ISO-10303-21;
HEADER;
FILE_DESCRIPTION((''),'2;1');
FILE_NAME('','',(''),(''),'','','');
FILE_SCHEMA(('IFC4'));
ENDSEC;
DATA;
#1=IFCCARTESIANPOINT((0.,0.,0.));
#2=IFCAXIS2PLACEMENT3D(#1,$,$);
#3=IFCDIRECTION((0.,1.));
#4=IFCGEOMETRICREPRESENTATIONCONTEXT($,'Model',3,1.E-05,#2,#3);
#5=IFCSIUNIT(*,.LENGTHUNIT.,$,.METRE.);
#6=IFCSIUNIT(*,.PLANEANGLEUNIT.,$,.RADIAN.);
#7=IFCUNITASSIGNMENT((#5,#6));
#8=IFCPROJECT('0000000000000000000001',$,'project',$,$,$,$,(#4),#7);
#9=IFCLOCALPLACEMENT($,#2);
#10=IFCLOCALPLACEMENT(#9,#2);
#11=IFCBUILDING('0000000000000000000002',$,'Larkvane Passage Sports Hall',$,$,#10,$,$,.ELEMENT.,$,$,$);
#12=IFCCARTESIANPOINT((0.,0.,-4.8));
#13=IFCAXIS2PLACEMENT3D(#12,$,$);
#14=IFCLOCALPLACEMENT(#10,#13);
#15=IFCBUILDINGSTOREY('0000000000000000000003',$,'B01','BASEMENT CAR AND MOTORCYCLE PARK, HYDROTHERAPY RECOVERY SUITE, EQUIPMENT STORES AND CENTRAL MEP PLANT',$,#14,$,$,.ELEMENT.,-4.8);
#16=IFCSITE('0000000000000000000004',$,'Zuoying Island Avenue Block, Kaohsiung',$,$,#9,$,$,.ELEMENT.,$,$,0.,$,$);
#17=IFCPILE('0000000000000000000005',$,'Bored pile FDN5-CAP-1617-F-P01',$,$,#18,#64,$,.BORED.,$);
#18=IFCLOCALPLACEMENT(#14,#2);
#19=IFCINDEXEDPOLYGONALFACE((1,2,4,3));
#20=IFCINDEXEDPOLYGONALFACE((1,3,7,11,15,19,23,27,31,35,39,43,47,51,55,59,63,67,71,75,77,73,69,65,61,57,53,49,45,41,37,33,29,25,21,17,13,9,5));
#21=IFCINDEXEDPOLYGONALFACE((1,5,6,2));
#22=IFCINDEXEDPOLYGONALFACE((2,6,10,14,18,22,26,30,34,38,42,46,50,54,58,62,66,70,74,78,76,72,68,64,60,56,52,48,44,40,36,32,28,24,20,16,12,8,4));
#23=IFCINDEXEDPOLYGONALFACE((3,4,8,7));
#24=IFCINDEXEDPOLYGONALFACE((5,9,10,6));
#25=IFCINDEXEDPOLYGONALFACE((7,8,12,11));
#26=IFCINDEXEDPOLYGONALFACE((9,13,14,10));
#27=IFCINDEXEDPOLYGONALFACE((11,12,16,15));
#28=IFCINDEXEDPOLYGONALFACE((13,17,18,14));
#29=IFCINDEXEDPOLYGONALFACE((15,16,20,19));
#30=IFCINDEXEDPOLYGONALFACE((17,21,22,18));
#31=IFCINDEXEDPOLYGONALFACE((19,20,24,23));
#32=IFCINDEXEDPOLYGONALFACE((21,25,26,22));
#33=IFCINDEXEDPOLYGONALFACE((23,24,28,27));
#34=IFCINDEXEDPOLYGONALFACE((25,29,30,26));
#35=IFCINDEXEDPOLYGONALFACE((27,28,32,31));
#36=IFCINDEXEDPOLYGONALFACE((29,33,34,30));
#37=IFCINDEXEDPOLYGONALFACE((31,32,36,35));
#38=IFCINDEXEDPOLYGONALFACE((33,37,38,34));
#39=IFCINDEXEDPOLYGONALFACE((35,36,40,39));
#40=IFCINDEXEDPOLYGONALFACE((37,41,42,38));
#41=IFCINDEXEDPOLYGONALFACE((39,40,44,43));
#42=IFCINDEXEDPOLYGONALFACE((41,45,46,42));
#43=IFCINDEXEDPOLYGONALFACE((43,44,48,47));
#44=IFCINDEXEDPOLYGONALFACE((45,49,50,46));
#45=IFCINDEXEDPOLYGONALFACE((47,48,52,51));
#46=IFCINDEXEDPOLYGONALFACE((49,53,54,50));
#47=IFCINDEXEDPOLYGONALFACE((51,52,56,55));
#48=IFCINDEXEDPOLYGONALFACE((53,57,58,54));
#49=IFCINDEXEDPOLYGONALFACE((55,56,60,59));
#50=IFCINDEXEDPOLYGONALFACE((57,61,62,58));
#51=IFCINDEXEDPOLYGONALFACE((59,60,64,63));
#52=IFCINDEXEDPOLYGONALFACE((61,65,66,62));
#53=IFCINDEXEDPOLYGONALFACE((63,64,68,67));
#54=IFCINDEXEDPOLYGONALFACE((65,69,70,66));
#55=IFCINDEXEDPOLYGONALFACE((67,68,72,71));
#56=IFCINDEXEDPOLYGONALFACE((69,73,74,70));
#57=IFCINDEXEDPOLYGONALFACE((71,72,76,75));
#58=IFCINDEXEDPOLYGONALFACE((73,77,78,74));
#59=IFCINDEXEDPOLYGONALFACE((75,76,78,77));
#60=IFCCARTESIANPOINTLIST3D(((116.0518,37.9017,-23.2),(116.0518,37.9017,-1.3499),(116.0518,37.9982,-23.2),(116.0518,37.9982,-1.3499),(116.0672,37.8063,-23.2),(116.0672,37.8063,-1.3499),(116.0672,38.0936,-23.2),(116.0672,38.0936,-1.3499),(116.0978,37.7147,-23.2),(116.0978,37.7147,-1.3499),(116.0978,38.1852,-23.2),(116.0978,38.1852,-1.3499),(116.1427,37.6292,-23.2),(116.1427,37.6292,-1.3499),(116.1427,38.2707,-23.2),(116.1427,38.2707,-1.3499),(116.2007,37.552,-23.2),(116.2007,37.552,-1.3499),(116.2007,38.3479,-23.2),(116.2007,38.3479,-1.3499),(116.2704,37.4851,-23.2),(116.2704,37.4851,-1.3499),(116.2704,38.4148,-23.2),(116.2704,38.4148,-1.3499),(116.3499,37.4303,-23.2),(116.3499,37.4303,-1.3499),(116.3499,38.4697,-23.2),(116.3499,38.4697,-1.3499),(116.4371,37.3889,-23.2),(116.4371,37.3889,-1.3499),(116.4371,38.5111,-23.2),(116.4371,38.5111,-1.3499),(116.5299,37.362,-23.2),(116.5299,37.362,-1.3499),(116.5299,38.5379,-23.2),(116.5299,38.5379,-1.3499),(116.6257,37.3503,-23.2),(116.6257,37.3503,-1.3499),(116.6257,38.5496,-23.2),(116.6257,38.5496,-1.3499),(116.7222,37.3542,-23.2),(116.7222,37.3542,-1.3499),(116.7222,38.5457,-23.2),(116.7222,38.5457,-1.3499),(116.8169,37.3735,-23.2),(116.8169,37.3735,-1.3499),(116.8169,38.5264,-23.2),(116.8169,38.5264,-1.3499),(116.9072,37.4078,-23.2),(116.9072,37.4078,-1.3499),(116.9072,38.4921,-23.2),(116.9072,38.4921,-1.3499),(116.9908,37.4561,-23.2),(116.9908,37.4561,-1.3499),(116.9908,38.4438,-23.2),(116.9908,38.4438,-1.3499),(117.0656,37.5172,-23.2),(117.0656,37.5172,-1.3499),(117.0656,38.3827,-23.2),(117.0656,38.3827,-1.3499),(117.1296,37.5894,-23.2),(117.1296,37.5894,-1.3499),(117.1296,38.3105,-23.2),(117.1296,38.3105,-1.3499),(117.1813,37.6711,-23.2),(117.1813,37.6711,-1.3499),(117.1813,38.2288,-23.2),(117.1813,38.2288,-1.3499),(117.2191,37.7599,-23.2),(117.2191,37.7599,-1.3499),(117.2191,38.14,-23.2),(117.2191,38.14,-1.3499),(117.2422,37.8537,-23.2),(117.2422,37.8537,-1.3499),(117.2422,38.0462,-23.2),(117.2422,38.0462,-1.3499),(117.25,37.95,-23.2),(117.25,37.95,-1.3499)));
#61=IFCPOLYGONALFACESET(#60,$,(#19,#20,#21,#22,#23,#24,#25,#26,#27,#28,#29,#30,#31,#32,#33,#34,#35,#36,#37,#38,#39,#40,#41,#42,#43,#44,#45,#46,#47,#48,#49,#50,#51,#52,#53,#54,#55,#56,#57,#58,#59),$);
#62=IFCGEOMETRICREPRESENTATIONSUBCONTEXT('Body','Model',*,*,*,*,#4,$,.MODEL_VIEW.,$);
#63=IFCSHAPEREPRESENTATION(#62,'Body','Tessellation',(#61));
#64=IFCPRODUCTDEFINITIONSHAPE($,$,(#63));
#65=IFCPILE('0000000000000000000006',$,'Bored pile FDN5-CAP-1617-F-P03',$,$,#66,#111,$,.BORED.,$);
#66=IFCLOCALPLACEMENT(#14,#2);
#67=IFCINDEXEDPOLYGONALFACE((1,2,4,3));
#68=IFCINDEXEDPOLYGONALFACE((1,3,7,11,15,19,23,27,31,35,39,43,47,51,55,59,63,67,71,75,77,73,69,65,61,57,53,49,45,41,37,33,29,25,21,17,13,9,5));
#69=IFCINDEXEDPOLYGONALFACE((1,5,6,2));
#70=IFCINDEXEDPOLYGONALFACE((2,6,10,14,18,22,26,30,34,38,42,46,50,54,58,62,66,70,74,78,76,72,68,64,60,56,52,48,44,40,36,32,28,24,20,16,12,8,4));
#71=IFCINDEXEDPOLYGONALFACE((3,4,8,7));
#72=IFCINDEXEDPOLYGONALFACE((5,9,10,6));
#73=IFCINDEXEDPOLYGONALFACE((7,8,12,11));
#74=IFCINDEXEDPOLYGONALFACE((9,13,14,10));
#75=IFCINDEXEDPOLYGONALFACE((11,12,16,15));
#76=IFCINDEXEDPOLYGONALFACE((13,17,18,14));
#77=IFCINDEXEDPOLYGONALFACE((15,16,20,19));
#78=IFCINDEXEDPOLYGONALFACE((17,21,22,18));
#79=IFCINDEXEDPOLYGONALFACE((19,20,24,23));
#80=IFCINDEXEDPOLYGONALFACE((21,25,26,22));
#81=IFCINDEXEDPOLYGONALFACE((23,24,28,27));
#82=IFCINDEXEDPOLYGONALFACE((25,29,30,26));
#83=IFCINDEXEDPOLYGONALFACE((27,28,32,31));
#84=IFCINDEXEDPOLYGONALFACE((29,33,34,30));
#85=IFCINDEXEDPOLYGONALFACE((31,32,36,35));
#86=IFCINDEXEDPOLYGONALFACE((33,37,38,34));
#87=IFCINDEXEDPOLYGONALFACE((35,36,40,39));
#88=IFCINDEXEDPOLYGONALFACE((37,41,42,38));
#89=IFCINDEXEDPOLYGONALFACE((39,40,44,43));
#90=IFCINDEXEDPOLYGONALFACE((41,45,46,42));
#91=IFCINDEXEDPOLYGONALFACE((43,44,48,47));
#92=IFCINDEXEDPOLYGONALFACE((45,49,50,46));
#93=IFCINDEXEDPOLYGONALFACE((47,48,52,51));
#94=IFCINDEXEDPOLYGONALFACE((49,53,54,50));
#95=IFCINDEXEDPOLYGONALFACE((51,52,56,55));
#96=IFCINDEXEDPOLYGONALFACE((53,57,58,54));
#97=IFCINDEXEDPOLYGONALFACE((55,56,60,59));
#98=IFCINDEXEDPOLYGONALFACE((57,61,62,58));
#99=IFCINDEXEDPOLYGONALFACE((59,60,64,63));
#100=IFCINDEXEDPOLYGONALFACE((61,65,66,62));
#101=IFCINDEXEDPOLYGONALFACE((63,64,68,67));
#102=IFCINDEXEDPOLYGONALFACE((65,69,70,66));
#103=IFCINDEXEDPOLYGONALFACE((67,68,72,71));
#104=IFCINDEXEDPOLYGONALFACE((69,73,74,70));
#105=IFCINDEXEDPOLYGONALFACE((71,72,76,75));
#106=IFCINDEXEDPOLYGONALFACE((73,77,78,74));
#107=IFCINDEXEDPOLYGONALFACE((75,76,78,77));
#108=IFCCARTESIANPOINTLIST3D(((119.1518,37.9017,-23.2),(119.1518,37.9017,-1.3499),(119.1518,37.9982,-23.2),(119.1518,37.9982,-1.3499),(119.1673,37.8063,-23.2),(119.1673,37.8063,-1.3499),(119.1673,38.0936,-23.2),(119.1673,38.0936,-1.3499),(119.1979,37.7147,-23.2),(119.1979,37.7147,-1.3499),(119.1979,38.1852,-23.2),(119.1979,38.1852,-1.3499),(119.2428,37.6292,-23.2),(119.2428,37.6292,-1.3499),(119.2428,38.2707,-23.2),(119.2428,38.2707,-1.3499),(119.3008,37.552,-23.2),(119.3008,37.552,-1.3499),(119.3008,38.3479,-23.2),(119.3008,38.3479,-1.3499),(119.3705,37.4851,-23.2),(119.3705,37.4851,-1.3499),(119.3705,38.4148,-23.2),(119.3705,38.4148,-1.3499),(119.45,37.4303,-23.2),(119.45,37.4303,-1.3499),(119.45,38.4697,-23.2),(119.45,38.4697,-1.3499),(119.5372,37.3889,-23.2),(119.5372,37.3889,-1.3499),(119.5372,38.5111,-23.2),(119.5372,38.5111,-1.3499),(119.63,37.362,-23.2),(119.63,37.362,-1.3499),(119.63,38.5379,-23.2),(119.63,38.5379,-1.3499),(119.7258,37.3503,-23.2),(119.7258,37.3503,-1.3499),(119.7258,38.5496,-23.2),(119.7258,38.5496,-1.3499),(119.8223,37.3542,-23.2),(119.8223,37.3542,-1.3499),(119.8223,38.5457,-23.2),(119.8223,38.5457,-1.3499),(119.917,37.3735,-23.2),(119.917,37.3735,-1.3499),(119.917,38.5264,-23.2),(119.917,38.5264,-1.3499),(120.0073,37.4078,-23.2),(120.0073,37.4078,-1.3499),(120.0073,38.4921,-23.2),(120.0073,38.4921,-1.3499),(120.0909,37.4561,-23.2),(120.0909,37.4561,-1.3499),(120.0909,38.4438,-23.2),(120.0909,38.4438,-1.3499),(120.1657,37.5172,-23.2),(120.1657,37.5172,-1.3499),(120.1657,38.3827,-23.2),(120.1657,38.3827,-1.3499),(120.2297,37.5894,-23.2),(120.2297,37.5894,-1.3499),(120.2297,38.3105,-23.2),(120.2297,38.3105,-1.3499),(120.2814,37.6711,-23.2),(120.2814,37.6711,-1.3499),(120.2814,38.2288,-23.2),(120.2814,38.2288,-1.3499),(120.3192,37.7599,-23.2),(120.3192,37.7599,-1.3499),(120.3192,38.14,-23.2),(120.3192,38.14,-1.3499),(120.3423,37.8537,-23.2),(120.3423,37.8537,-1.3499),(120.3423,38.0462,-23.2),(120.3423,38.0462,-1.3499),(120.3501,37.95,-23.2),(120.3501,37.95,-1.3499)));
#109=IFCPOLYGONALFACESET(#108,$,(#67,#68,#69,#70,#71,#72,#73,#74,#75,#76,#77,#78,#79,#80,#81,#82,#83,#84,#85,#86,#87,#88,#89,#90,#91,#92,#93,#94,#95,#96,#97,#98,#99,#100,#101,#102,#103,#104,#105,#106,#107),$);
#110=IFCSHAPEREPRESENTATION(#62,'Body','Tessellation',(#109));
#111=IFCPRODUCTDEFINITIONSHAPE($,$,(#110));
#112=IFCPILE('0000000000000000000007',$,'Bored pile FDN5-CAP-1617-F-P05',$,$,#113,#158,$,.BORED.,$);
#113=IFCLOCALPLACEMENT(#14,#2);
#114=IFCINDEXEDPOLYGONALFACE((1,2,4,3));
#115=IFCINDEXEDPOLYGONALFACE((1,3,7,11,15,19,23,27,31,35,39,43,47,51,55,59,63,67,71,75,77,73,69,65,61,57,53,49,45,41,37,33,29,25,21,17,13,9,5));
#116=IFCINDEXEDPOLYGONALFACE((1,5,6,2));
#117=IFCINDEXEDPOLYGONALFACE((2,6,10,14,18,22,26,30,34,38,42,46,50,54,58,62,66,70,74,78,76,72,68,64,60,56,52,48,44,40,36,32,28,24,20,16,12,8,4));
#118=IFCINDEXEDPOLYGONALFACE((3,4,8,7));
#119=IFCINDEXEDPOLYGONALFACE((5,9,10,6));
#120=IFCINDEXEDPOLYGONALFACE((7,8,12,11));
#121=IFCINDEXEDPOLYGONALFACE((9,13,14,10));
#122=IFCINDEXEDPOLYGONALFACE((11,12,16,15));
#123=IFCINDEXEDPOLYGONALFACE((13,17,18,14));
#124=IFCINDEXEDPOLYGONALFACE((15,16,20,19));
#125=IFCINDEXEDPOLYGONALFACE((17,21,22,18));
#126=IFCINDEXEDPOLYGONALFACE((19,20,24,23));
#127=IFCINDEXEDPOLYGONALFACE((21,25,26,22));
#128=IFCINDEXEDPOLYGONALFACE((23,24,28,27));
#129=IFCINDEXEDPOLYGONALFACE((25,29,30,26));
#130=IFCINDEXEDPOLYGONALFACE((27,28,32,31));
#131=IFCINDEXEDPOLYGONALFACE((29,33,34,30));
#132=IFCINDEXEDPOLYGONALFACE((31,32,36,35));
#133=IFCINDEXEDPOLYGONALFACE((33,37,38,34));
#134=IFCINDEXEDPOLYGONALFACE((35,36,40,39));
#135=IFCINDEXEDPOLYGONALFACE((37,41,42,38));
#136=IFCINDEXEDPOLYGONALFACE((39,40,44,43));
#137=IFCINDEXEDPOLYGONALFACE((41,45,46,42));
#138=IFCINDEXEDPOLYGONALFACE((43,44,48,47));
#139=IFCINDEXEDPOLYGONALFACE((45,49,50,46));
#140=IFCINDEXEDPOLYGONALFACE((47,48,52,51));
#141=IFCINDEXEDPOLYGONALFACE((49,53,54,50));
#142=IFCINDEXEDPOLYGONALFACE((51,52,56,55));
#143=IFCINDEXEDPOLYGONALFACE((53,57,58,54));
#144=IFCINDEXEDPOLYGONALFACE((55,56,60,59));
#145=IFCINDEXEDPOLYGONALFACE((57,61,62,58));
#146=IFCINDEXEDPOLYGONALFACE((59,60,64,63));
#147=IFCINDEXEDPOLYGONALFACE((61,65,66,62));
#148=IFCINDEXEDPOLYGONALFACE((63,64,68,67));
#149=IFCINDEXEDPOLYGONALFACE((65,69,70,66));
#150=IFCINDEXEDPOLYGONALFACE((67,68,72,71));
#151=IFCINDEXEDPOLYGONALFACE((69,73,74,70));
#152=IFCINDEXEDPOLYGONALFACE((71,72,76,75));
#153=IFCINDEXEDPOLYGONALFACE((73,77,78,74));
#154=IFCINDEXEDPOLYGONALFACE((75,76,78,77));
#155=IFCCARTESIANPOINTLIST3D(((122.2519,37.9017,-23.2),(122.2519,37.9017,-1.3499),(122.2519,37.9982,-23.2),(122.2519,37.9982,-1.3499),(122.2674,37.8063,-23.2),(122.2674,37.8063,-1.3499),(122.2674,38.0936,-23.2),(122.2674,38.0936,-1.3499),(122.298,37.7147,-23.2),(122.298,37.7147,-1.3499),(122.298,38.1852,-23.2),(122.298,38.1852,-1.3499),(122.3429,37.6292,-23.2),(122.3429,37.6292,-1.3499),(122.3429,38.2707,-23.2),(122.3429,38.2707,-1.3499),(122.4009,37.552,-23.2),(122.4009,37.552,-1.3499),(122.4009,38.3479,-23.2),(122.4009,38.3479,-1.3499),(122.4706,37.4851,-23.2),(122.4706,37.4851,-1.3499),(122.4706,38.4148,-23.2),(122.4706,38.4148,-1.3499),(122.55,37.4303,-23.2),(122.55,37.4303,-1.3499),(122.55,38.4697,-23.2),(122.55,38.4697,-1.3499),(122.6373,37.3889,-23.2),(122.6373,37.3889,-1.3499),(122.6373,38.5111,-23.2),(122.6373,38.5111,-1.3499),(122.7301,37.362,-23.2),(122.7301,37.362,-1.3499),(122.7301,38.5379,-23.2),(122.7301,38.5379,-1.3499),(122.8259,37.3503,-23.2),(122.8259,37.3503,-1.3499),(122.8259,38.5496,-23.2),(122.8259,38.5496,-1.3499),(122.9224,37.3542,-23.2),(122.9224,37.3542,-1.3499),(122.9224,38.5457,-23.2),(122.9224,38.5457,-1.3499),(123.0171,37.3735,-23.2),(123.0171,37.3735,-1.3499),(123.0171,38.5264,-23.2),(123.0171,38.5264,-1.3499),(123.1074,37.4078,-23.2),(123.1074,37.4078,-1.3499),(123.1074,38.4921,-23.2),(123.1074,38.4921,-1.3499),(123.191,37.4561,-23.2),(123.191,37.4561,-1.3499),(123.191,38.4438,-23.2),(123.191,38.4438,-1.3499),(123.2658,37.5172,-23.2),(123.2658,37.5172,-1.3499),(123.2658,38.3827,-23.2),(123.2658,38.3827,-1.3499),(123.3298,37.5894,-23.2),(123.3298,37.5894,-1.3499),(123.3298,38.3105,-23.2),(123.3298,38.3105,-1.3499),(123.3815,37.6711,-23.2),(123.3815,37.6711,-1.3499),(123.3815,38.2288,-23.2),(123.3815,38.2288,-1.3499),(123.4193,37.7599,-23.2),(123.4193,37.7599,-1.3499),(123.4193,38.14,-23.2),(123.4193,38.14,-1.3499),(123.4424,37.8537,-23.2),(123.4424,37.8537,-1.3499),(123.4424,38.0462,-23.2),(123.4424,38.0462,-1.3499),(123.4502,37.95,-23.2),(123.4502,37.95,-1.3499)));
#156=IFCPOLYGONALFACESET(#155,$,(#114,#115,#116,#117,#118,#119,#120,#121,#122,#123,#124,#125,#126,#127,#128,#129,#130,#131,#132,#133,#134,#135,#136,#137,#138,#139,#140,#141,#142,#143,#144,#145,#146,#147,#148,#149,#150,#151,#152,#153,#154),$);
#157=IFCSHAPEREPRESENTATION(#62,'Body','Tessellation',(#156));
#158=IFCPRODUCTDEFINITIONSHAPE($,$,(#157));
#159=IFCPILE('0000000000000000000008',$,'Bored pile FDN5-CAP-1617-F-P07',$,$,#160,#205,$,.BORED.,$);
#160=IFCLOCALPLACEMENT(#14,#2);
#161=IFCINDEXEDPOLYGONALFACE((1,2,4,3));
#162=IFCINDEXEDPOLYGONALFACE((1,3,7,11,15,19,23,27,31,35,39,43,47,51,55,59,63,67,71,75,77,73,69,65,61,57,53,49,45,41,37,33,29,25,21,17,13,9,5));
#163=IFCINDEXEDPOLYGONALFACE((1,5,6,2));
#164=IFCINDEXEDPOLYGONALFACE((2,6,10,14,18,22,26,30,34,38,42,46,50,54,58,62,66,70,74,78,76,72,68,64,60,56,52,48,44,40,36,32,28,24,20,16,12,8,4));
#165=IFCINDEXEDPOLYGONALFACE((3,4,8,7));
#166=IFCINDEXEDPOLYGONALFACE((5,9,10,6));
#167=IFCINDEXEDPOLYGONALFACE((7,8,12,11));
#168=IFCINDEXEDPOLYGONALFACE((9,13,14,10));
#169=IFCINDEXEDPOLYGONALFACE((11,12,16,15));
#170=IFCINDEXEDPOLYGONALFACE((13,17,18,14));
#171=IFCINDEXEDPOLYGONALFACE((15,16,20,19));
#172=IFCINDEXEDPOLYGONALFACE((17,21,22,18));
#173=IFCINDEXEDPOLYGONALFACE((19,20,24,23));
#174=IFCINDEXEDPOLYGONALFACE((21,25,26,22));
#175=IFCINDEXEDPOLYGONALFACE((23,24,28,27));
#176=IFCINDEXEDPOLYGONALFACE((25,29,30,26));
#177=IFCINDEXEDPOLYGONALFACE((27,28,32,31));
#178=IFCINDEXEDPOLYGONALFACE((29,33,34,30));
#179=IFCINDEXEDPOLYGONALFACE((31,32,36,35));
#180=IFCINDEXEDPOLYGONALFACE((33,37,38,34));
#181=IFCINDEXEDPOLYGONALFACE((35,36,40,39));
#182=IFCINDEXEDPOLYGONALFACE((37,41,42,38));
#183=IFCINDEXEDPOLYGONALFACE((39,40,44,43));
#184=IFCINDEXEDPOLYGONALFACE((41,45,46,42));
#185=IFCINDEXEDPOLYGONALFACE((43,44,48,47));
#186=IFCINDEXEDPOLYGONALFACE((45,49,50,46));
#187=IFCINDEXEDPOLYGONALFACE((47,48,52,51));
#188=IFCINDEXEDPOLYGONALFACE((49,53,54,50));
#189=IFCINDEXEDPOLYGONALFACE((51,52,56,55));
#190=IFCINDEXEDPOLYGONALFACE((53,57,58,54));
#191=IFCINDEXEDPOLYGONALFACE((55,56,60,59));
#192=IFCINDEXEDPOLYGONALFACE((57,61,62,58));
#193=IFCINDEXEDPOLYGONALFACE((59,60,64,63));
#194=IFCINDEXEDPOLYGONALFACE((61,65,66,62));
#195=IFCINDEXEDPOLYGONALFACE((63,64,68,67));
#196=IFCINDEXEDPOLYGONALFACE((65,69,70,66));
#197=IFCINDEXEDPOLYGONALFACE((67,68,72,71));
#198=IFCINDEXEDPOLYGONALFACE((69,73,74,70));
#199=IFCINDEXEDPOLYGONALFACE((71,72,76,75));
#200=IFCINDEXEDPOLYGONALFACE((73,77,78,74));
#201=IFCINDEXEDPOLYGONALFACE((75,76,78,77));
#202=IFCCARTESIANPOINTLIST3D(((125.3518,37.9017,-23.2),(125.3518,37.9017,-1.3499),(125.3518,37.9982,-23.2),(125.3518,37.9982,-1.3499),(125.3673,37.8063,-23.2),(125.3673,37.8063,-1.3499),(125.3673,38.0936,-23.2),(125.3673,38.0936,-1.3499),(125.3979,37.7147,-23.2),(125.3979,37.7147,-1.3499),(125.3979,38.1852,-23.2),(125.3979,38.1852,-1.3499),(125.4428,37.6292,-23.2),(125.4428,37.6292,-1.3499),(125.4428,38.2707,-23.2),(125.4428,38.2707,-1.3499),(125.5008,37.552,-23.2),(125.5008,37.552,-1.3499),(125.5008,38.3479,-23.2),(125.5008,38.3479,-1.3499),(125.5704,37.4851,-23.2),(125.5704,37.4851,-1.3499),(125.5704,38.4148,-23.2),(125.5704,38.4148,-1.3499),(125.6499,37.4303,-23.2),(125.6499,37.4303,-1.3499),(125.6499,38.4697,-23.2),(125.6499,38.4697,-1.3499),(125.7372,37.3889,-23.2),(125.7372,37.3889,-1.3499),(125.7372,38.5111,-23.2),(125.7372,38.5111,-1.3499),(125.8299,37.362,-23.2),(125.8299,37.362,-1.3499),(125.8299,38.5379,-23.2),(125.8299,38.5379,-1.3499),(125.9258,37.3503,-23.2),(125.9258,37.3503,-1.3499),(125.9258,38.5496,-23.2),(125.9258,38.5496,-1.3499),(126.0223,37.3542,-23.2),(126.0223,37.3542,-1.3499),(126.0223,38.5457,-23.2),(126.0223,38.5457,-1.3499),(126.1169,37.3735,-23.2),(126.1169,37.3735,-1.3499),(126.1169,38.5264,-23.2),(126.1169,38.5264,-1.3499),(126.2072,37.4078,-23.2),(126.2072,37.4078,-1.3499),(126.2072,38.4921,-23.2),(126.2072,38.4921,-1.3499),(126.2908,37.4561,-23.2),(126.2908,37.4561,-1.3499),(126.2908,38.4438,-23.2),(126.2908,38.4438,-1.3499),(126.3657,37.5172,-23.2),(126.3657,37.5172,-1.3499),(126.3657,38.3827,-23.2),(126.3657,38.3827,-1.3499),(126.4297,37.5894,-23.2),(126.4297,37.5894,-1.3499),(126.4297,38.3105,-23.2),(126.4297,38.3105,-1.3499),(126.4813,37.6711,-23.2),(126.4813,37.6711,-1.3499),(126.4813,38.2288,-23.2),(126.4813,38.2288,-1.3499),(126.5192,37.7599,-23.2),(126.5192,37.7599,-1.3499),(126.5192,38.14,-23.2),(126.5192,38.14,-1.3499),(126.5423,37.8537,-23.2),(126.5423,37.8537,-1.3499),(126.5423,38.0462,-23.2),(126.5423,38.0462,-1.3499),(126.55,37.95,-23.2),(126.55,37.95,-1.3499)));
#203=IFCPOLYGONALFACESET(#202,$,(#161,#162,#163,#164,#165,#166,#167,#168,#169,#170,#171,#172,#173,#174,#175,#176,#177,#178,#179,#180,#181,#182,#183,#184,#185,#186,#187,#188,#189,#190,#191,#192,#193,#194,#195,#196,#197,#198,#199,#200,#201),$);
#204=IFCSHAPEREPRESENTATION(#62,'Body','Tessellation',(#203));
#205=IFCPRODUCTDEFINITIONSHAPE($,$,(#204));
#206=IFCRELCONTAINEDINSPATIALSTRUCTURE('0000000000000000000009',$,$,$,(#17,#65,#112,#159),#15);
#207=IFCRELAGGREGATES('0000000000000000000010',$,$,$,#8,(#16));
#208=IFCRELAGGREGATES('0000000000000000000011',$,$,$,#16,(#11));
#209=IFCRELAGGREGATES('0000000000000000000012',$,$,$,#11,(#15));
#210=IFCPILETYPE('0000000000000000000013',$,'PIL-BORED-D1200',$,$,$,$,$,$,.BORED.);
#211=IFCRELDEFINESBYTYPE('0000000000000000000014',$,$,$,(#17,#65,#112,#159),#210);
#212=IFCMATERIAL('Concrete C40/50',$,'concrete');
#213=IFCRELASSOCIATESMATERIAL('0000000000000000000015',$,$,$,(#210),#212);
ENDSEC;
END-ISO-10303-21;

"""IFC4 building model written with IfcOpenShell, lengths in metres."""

from ifc_helpers import new_model, si_unit, direction, frame, origin, origin_2d, place, context, subcontext, project, spatial, circle, extrude, material, material_profile, profile_set, type_object, element, save


model = new_model("IFC4")

# Units and contexts
model_context = context("Model", 3, precision=1e-05, world=origin(), true_north=direction((0.0, 1.0)))
body_context = subcontext(model_context, "Body", "Model", "MODEL_VIEW")
ifc_project = project(units=[si_unit("LENGTHUNIT", "METRE"), si_unit("PLANEANGLEUNIT", "RADIAN")], contexts=[model_context])

# Site, building, storey
site_placement = place(None, origin())
site = spatial("IfcSite", under=ifc_project, at=site_placement, Name="Zuoying Island Avenue Block, Kaohsiung", CompositionType="ELEMENT", RefElevation=0.0)
building_placement = place(site_placement, origin())
building = spatial("IfcBuilding", under=site, at=building_placement, Name="Larkvane Passage Sports Hall", CompositionType="ELEMENT")
storey_placement = place(building_placement, frame((0.0, 0.0, -4.8)))
storey = spatial("IfcBuildingStorey", under=building, at=storey_placement, Name="B01", Description="BASEMENT CAR AND MOTORCYCLE PARK, HYDROTHERAPY RECOVERY SUITE, EQUIPMENT STORES AND CENTRAL MEP PLANT", CompositionType="ELEMENT", Elevation=-4.8)

# Shared definitions
ifc_material_1 = material(Name="Concrete C40/50", Category="concrete")

# Piles
ifc_material_profile_1 = material_profile(ifc_material_1, circle(Radius=0.6001, at=origin_2d()), Name="PILE-D1200")
ifc_profile_set_1 = profile_set([ifc_material_profile_1], Name="Concrete C40/50")
pile_type_1 = type_object("IfcPileType", Name="PIL-BORED-D1200", PredefinedType="BORED", material=ifc_profile_set_1)
for number, where, z_axis, x_axis, name in (
    (1, (116.6499, 37.95, -1.3499), (0.0, 0.0, -1.0), (1.0, 0.0, 0.0), "Bored pile FDN5-CAP-1617-F-P01"),
    (2, (119.75, 37.95, -1.3499), (0.0, 0.0, -1.0), (1.0, 0.0, 0.0), "Bored pile FDN5-CAP-1617-F-P03"),
    (3, (122.8501, 37.95, -1.3499), (0.0, 0.0, -1.0), (1.0, 0.0, 0.0), "Bored pile FDN5-CAP-1617-F-P05"),
    (4, (125.95, 37.95, -1.3499), (0.0, 0.0, -1.0), (1.0, 0.0, 0.0), "Bored pile FDN5-CAP-1617-F-P07"),
):
    element("IfcPile", number, at=place(storey_placement, frame(where, z_axis=z_axis, x_axis=x_axis)), inside=storey, type_object=pile_type_1, Name=name, PredefinedType="BORED", context=body_context, shape_type="SweptSolid", body=[
        extrude(circle(Radius=0.6001, at=origin_2d()), origin(), (0.0, 0.0, 1.0), 21.8501),
    ])

save(model, "model.ifc")
